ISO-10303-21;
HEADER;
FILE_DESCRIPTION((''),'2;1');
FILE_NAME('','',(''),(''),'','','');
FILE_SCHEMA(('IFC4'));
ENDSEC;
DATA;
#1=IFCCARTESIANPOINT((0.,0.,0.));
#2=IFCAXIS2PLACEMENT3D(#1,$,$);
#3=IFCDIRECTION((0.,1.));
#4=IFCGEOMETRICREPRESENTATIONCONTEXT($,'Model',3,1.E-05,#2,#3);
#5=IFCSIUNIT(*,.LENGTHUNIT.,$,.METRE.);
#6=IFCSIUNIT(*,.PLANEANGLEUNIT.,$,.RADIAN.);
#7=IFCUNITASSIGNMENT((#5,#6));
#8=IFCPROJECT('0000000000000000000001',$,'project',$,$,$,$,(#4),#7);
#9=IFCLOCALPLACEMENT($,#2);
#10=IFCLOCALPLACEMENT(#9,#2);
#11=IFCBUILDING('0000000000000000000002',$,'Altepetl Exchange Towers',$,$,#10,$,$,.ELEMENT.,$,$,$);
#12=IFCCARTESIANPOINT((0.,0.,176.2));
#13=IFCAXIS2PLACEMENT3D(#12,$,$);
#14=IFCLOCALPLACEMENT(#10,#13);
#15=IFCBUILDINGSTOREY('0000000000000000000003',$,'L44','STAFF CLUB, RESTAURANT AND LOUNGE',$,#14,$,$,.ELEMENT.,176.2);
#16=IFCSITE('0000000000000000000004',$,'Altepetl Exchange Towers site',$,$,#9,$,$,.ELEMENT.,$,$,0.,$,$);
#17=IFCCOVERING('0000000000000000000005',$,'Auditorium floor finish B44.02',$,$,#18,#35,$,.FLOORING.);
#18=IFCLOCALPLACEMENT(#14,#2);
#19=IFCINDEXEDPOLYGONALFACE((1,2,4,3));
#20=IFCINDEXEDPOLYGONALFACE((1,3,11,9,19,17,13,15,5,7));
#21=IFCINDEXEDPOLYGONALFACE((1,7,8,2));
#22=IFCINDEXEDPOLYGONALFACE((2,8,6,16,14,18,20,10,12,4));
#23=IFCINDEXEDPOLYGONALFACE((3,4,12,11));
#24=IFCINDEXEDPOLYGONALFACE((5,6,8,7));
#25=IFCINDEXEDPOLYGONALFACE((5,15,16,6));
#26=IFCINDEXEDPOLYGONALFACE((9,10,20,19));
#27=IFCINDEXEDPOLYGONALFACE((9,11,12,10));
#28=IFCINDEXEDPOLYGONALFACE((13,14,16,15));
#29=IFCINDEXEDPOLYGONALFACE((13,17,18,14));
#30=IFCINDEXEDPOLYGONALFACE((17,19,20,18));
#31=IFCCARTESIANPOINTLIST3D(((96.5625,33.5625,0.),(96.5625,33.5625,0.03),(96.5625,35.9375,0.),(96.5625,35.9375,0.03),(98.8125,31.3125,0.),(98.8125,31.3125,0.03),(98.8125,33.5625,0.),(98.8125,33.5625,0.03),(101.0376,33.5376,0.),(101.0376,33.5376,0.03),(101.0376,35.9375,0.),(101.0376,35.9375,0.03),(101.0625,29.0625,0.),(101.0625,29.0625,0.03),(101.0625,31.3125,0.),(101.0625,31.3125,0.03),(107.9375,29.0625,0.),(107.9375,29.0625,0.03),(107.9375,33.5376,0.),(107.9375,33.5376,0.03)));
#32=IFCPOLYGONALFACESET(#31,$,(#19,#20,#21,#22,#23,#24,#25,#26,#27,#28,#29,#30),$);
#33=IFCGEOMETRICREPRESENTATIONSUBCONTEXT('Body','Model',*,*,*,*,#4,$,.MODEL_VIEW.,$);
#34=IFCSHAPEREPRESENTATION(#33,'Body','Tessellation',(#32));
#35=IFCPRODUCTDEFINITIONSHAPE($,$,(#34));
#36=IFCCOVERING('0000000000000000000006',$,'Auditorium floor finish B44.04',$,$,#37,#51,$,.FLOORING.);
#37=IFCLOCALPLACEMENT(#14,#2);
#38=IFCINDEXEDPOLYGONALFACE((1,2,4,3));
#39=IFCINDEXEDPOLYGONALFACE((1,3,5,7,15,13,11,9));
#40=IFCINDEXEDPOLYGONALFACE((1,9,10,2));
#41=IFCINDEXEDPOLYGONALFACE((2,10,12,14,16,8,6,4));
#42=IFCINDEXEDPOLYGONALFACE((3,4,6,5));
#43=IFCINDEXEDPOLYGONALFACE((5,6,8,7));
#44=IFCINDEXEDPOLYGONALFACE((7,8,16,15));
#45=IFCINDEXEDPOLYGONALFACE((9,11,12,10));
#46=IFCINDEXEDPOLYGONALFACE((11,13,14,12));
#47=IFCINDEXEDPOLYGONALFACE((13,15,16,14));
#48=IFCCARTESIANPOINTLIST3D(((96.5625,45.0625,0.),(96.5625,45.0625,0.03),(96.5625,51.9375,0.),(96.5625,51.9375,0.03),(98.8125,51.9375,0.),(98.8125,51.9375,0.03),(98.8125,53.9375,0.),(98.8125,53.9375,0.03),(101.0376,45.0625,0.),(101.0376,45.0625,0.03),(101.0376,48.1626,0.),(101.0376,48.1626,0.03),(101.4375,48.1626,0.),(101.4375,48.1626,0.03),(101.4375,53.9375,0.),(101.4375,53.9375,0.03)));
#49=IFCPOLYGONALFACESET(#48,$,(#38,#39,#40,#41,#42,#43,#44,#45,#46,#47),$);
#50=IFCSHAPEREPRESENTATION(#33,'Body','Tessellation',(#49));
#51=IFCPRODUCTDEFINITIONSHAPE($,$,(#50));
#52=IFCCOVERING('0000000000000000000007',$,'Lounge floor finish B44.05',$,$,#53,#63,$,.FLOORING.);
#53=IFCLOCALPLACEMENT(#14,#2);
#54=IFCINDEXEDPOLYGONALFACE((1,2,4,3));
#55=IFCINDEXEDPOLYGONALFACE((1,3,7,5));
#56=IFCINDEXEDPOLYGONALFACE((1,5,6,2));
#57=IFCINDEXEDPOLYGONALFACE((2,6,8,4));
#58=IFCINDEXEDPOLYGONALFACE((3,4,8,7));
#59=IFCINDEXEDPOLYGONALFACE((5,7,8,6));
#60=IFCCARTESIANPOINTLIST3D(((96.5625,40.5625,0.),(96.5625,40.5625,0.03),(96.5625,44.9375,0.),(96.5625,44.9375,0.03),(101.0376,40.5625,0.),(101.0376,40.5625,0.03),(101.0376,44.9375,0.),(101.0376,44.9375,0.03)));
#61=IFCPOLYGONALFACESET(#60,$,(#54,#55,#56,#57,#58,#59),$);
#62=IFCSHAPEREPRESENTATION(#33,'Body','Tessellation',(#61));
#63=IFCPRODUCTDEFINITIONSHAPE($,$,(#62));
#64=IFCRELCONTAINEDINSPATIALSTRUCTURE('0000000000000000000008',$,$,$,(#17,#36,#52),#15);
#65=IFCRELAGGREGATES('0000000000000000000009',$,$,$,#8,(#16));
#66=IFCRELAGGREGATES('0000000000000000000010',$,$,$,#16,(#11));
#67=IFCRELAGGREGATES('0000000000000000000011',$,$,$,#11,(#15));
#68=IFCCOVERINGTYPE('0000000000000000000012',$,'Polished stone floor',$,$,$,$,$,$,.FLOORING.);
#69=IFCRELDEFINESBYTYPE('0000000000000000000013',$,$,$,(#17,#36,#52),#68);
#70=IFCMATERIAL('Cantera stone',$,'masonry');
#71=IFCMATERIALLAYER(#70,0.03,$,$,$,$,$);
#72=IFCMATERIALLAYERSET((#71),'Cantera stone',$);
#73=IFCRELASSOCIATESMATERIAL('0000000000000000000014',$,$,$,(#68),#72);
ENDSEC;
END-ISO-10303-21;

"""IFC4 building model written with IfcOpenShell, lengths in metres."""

from ifc_helpers import new_model, si_unit, direction, frame, origin, place, context, subcontext, project, spatial, polyline, outline, extrude, material, layer, layer_set, type_object, element, save


model = new_model("IFC4")

# Units and contexts
model_context = context("Model", 3, precision=1e-05, world=origin(), true_north=direction((0.0, 1.0)))
body_context = subcontext(model_context, "Body", "Model", "MODEL_VIEW")
ifc_project = project(units=[si_unit("LENGTHUNIT", "METRE"), si_unit("PLANEANGLEUNIT", "RADIAN")], contexts=[model_context])

# Site, building, storey
site_placement = place(None, origin())
site = spatial("IfcSite", under=ifc_project, at=site_placement, Name="Altepetl Exchange Towers site", CompositionType="ELEMENT", RefElevation=0.0)
building_placement = place(site_placement, origin())
building = spatial("IfcBuilding", under=site, at=building_placement, Name="Altepetl Exchange Towers", CompositionType="ELEMENT")
storey_placement = place(building_placement, frame((0.0, 0.0, 176.2)))
storey = spatial("IfcBuildingStorey", under=building, at=storey_placement, Name="L44", Description="STAFF CLUB, RESTAURANT AND LOUNGE", CompositionType="ELEMENT", Elevation=176.2)

# Coverings
ifc_material_1 = material(Name="Cantera stone", Category="masonry")
ifc_layer_1 = layer(ifc_material_1, 0.03)
ifc_layer_set_1 = layer_set([ifc_layer_1], Name="Cantera stone")
covering_type_1 = type_object("IfcCoveringType", Name="Polished stone floor", PredefinedType="FLOORING", material=ifc_layer_set_1)
covering_1_placement = place(storey_placement, origin())
element("IfcCovering", 1, at=covering_1_placement, inside=storey, type_object=covering_type_1, Name="Auditorium floor finish B44.02", PredefinedType="FLOORING", context=body_context, shape_type="SweptSolid", body=[
    extrude(outline(polyline([(98.8125, 33.5625), (98.8125, 31.3125), (101.0625, 31.3125), (101.0625, 29.0625), (107.9375, 29.0625), (107.9375, 33.5376), (101.0376, 33.5376), (101.0376, 35.9375), (96.5625, 35.9375), (96.5625, 33.5625), (98.8125, 33.5625)])), origin(), (0.0, 0.0, 1.0), 0.03),
])
covering_2_placement = place(storey_placement, origin())
element("IfcCovering", 2, at=covering_2_placement, inside=storey, type_object=covering_type_1, Name="Auditorium floor finish B44.04", PredefinedType="FLOORING", context=body_context, shape_type="SweptSolid", body=[
    extrude(outline(polyline([(96.5625, 45.0625), (101.0376, 45.0625), (101.0376, 48.1626), (101.4375, 48.1626), (101.4375, 53.9375), (98.8125, 53.9375), (98.8125, 51.9375), (96.5625, 51.9375), (96.5625, 45.0625)])), origin(), (0.0, 0.0, 1.0), 0.03),
])
covering_3_placement = place(storey_placement, origin())
element("IfcCovering", 3, at=covering_3_placement, inside=storey, type_object=covering_type_1, Name="Lounge floor finish B44.05", PredefinedType="FLOORING", context=body_context, shape_type="SweptSolid", body=[
    extrude(outline(polyline([(96.5625, 40.5625), (101.0376, 40.5625), (101.0376, 44.9375), (96.5625, 44.9375), (96.5625, 40.5625)])), origin(), (0.0, 0.0, 1.0), 0.03),
])

save(model, "model.ifc")
